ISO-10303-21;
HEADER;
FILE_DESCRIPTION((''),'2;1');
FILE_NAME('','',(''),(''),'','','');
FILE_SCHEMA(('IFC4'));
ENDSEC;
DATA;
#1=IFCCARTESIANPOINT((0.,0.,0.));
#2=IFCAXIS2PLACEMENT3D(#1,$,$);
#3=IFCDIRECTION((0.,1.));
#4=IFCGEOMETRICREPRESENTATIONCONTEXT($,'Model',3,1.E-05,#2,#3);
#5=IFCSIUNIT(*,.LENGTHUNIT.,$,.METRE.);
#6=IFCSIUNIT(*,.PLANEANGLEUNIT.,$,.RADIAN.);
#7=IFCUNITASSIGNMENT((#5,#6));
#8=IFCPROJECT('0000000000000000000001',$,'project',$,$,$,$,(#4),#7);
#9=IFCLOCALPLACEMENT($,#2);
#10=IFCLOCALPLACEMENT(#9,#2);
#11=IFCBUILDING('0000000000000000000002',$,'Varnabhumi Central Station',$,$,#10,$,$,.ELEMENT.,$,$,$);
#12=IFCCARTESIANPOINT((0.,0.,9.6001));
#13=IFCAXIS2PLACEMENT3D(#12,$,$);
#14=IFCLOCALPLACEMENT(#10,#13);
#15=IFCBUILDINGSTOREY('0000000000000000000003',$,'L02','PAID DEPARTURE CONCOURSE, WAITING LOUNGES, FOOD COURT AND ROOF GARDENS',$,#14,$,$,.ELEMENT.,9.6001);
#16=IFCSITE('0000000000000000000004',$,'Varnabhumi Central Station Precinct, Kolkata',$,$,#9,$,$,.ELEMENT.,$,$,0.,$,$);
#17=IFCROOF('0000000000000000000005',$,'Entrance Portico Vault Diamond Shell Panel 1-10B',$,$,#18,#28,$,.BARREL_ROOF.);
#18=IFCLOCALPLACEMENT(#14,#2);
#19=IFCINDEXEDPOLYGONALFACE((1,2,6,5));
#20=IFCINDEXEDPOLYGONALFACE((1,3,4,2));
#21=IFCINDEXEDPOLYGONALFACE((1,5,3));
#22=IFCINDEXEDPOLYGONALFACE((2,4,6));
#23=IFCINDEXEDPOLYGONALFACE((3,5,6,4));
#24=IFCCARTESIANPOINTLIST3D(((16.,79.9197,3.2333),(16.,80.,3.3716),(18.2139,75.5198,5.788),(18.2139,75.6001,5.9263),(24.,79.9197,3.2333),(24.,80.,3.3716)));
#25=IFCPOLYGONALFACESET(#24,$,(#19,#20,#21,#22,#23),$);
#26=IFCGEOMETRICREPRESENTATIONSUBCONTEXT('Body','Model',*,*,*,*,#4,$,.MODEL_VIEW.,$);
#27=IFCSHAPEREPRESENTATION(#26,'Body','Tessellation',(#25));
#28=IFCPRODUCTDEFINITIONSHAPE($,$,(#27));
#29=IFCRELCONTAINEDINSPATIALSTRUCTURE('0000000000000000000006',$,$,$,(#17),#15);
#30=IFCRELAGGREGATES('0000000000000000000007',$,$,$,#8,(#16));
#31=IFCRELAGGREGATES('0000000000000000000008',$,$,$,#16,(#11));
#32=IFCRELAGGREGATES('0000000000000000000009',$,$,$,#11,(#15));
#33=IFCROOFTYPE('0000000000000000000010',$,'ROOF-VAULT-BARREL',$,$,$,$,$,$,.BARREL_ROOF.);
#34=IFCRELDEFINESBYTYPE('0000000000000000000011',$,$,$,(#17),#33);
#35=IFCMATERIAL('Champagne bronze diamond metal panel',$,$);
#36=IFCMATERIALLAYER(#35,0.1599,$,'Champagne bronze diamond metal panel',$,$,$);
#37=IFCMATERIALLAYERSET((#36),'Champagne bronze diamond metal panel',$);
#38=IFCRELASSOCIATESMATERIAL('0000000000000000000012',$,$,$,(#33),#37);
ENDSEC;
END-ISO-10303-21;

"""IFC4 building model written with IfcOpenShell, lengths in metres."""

from ifc_helpers import new_model, si_unit, direction, frame, origin, place, context, subcontext, project, spatial, polyline, outline, extrude, material, layer, layer_set, type_object, element, save


model = new_model("IFC4")

# Units and contexts
model_context = context("Model", 3, precision=1e-05, world=origin(), true_north=direction((0.0, 1.0)))
body_context = subcontext(model_context, "Body", "Model", "MODEL_VIEW")
ifc_project = project(units=[si_unit("LENGTHUNIT", "METRE"), si_unit("PLANEANGLEUNIT", "RADIAN")], contexts=[model_context])

# Site, building, storey
site_placement = place(None, origin())
site = spatial("IfcSite", under=ifc_project, at=site_placement, Name="Varnabhumi Central Station Precinct, Kolkata", CompositionType="ELEMENT", RefElevation=0.0)
building_placement = place(site_placement, origin())
building = spatial("IfcBuilding", under=site, at=building_placement, Name="Varnabhumi Central Station", CompositionType="ELEMENT")
storey_placement = place(building_placement, frame((0.0, 0.0, 9.6001)))
storey = spatial("IfcBuildingStorey", under=building, at=storey_placement, Name="L02", Description="PAID DEPARTURE CONCOURSE, WAITING LOUNGES, FOOD COURT AND ROOF GARDENS", CompositionType="ELEMENT", Elevation=9.6001)

# Roof
ifc_material_1 = material(Name="Champagne bronze diamond metal panel")
ifc_layer_1 = layer(ifc_material_1, 0.1599, Name="Champagne bronze diamond metal panel")
ifc_layer_set_1 = layer_set([ifc_layer_1], Name="Champagne bronze diamond metal panel")
roof_type = type_object("IfcRoofType", Name="ROOF-VAULT-BARREL", PredefinedType="BARREL_ROOF", material=ifc_layer_set_1)
roof_1_placement = place(storey_placement, frame((18.2139, 75.6001, 5.9263), z_axis=(0.0, 0.502122, 0.864797), x_axis=(0.750972, 0.571055, -0.331568)))
element("IfcRoof", 1, at=roof_1_placement, inside=storey, type_object=roof_type, Name="Entrance Portico Vault Diamond Shell Panel 1-10B", PredefinedType="BARREL_ROOF", context=body_context, shape_type="SweptSolid", body=[
    extrude(outline(polyline([(0.0, 0.0), (7.7049, 0.0), (1.6971, 5.2827), (0.0, 0.0)])), origin(), (0.0, 0.0, -1.0), 0.1599),
])

save(model, "model.ifc")
